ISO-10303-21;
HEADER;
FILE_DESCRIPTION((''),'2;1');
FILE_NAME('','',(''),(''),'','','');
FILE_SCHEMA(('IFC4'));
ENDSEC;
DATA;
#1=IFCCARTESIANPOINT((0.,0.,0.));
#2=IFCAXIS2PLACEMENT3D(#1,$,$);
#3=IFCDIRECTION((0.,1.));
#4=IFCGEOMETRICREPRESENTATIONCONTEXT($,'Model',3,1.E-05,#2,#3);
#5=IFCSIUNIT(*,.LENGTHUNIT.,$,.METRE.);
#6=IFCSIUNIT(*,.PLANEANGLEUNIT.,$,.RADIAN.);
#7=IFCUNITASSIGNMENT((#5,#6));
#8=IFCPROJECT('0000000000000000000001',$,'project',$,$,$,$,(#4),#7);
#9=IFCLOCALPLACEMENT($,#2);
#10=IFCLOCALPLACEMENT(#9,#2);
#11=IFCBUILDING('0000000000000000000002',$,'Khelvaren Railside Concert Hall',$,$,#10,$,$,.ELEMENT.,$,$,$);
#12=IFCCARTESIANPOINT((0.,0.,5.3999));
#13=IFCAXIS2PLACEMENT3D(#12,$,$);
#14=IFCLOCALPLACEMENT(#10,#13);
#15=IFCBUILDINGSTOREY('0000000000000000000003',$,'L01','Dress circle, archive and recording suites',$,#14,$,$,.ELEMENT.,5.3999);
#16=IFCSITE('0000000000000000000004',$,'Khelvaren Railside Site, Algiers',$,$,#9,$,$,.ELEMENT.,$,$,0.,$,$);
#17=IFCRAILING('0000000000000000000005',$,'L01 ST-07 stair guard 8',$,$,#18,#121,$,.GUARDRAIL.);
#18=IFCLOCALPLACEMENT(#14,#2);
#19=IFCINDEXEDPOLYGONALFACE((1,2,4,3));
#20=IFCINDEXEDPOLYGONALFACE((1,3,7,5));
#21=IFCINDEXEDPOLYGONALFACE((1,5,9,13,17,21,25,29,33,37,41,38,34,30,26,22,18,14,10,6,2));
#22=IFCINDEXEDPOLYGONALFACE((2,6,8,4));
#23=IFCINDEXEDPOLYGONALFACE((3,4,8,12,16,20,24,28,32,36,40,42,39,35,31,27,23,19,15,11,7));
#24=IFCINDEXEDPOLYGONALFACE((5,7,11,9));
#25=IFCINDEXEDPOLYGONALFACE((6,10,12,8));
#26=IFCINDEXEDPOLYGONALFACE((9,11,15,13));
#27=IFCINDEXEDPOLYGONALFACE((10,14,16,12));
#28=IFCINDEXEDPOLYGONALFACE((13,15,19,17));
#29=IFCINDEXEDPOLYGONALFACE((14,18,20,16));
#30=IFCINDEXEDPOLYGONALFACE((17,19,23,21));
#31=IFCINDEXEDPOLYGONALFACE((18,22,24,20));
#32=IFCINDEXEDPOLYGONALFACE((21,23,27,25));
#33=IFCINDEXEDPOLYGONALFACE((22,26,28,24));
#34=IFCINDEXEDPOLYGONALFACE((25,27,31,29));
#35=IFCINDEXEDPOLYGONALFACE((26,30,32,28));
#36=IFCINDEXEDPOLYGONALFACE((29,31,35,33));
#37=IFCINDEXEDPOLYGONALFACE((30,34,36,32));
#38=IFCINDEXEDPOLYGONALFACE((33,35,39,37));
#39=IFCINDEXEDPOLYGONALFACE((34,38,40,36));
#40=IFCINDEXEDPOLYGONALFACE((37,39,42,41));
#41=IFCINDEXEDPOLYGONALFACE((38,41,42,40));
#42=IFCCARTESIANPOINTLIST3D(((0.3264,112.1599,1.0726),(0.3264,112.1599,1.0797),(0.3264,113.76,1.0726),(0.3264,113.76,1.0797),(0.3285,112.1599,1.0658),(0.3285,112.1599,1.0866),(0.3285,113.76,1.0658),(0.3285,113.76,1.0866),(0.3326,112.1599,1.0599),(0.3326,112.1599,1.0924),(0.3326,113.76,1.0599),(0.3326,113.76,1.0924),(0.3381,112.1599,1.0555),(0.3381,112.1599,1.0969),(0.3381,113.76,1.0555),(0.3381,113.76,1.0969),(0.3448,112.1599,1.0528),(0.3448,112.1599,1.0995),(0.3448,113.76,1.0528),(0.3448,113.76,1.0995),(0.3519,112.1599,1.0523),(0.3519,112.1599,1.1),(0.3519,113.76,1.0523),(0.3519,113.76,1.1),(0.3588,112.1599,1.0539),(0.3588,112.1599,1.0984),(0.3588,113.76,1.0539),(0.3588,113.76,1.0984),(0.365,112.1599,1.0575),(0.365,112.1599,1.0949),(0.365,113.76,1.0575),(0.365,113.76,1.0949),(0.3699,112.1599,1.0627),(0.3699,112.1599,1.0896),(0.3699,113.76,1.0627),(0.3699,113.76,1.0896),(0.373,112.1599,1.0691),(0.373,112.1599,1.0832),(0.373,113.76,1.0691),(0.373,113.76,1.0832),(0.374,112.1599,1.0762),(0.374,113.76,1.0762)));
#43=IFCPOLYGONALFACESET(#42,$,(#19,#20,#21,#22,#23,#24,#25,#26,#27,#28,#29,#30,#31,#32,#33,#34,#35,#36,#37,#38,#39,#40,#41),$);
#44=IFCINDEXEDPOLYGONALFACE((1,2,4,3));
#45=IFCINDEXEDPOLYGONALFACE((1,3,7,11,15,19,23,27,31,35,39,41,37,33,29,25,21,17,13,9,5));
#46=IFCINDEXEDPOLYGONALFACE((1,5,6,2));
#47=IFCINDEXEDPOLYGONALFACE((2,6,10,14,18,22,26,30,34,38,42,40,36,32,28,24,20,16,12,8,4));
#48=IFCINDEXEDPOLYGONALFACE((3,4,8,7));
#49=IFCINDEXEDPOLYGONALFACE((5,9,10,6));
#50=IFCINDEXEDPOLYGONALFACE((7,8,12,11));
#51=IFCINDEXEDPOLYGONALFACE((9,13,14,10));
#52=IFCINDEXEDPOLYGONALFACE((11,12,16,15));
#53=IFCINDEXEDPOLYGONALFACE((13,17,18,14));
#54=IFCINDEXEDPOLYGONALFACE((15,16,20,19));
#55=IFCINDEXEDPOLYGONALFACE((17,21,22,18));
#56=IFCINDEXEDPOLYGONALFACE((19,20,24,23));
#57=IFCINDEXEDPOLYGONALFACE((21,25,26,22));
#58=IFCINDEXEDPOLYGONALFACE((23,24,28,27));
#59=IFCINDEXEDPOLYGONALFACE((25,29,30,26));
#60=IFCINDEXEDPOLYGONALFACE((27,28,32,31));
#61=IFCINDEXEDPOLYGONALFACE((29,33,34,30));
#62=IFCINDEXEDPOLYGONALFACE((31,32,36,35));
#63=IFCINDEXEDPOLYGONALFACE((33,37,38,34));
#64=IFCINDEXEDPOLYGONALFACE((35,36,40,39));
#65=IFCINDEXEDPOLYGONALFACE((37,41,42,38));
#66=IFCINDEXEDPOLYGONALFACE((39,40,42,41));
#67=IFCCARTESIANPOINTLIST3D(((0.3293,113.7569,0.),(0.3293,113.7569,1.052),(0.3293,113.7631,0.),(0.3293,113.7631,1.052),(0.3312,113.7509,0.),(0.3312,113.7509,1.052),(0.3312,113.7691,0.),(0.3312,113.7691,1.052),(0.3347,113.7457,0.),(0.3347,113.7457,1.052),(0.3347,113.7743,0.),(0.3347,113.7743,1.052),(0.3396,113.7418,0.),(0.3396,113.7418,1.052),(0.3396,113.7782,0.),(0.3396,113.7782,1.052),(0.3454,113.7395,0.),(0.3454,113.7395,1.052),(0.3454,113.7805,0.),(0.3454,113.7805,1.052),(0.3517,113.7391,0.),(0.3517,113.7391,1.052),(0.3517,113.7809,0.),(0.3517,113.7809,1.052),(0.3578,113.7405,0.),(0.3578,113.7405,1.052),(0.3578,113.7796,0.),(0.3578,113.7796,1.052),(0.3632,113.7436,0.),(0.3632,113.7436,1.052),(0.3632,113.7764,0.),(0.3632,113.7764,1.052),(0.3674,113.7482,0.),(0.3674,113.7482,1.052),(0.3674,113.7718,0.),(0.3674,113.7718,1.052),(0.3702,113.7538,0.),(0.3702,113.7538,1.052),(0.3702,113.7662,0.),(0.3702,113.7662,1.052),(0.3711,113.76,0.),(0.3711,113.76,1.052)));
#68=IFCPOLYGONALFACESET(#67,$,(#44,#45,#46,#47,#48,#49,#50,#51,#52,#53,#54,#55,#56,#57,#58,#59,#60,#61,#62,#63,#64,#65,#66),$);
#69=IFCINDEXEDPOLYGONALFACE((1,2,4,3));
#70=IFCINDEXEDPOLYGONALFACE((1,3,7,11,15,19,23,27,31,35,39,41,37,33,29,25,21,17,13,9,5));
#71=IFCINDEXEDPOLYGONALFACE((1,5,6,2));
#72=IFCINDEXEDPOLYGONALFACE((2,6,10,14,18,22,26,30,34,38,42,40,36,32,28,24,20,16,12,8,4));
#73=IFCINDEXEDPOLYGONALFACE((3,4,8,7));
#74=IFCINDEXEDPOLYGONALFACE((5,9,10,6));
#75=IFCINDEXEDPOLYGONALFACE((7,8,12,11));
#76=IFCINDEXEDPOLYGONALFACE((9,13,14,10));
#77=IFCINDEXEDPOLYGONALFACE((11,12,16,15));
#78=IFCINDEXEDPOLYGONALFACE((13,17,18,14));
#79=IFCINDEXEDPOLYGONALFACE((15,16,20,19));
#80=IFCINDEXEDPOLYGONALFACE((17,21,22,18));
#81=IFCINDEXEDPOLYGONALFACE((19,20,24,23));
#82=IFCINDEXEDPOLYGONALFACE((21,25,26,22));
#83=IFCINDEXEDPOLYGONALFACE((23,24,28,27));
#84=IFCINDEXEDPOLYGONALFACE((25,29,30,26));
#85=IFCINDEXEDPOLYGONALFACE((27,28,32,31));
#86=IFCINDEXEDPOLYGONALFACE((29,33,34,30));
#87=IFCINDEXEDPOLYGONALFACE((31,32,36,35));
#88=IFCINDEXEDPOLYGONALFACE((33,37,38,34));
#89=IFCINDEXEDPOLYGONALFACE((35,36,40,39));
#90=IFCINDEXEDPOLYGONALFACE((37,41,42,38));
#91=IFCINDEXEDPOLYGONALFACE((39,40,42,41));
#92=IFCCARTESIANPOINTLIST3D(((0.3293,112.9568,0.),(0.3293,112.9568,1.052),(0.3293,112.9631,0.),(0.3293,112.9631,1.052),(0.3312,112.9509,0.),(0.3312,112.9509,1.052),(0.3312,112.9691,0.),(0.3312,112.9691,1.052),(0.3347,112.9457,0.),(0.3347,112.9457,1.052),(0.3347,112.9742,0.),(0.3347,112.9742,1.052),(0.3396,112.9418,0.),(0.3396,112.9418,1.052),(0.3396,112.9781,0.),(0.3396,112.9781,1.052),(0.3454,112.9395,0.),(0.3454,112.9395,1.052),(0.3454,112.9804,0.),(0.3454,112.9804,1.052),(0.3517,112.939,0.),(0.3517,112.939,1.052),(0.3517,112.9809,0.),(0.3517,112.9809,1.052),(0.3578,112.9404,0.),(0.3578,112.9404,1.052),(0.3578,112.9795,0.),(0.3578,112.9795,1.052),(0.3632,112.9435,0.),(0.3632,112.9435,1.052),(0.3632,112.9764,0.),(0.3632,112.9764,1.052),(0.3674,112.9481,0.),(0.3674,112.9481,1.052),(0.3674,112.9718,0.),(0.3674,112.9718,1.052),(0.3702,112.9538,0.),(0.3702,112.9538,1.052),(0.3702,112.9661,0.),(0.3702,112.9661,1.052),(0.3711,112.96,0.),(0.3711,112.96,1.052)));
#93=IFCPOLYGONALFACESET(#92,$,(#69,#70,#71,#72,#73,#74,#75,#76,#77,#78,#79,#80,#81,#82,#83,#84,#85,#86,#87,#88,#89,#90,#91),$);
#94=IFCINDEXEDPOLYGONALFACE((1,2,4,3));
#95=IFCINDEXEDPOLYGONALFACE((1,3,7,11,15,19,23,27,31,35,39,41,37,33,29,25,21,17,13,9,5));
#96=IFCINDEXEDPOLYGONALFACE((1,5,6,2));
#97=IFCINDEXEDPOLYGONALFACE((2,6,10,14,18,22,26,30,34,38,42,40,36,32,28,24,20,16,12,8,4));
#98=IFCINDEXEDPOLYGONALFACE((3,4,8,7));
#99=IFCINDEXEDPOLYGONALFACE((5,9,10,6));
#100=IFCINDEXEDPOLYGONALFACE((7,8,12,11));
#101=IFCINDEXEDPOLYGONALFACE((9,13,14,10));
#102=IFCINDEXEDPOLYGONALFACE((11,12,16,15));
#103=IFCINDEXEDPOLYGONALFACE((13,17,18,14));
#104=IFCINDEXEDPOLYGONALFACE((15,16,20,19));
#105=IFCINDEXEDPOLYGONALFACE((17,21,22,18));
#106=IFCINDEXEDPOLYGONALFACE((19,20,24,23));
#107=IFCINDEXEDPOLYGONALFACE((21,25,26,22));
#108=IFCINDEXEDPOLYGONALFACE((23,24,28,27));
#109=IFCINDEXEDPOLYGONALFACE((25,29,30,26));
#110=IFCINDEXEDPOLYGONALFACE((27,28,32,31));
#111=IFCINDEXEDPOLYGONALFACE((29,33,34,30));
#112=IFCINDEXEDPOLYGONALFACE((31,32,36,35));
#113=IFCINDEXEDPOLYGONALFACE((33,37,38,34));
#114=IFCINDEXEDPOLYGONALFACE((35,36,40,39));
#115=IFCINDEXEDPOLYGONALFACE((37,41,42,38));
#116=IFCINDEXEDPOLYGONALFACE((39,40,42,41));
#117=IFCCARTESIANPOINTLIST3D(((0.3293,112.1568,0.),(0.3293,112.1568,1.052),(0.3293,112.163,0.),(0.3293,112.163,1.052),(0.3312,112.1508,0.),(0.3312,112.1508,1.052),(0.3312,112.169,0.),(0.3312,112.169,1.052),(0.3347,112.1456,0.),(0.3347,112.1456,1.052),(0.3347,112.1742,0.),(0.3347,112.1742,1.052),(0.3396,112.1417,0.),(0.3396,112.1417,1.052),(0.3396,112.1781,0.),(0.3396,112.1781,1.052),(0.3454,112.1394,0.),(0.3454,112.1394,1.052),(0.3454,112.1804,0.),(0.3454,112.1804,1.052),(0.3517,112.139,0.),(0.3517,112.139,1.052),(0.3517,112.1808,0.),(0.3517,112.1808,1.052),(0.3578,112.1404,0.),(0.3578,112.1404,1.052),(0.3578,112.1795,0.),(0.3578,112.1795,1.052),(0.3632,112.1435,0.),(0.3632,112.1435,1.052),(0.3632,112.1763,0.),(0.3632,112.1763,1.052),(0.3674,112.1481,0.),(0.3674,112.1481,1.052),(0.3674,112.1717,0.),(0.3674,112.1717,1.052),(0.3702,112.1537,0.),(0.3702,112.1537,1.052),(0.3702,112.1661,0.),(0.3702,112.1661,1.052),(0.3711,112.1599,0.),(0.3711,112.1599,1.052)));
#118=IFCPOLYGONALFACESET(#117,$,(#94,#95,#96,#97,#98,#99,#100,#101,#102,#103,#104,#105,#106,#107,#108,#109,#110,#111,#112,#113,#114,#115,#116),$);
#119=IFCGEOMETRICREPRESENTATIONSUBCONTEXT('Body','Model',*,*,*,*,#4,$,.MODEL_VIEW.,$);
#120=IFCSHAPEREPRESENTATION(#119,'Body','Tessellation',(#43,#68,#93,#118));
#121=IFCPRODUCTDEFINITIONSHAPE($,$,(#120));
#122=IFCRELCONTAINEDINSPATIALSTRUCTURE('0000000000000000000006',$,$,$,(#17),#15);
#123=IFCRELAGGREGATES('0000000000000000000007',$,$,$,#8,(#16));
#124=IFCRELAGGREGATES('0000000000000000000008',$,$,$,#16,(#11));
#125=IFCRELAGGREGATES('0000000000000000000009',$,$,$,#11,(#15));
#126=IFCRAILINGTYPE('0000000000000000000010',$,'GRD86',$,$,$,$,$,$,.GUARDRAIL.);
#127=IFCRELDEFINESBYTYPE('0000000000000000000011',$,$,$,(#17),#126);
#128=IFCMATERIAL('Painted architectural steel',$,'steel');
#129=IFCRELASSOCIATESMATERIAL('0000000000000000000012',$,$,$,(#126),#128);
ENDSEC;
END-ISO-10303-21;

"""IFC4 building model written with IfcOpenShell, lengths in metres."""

from ifc_helpers import new_model, si_unit, direction, frame, origin, origin_2d, place, context, subcontext, project, spatial, circle, extrude, material, type_object, element, save


model = new_model("IFC4")

# Units and contexts
model_context = context("Model", 3, precision=1e-05, world=origin(), true_north=direction((0.0, 1.0)))
body_context = subcontext(model_context, "Body", "Model", "MODEL_VIEW")
ifc_project = project(units=[si_unit("LENGTHUNIT", "METRE"), si_unit("PLANEANGLEUNIT", "RADIAN")], contexts=[model_context])

# Site, building, storey
site_placement = place(None, origin())
site = spatial("IfcSite", under=ifc_project, at=site_placement, Name="Khelvaren Railside Site, Algiers", CompositionType="ELEMENT", RefElevation=0.0)
building_placement = place(site_placement, origin())
building = spatial("IfcBuilding", under=site, at=building_placement, Name="Khelvaren Railside Concert Hall", CompositionType="ELEMENT")
storey_placement = place(building_placement, frame((0.0, 0.0, 5.3999)))
storey = spatial("IfcBuildingStorey", under=building, at=storey_placement, Name="L01", Description="Dress circle, archive and recording suites", CompositionType="ELEMENT", Elevation=5.3999)

# Railing
ifc_material_1 = material(Name="Painted architectural steel", Category="steel")
railing_type_1 = type_object("IfcRailingType", Name="GRD86", PredefinedType="GUARDRAIL", material=ifc_material_1)
railing_1_placement = place(storey_placement, frame((0.3501, 113.76, 0.0)))
element("IfcRailing", 1, at=railing_1_placement, inside=storey, type_object=railing_type_1, Name="L01 ST-07 stair guard 8", PredefinedType="GUARDRAIL", context=body_context, shape_type="SweptSolid", body=[
    extrude(circle(Radius=0.0239, at=origin_2d()), frame((0.0, 0.0, 1.0762), z_axis=(0.0, -1.0, 0.0), x_axis=(1.0, 0.0, 0.0)), (0.0, 0.0, 1.0), 1.6001),
    extrude(circle(Radius=0.021, at=origin_2d()), origin(), (0.0, 0.0, 1.0), 1.052),
    extrude(circle(Radius=0.021, at=origin_2d()), frame((0.0, -0.8, 0.0)), (0.0, 0.0, 1.0), 1.052),
    extrude(circle(Radius=0.021, at=origin_2d()), frame((0.0, -1.6001, 0.0)), (0.0, 0.0, 1.0), 1.052),
])

save(model, "model.ifc")
